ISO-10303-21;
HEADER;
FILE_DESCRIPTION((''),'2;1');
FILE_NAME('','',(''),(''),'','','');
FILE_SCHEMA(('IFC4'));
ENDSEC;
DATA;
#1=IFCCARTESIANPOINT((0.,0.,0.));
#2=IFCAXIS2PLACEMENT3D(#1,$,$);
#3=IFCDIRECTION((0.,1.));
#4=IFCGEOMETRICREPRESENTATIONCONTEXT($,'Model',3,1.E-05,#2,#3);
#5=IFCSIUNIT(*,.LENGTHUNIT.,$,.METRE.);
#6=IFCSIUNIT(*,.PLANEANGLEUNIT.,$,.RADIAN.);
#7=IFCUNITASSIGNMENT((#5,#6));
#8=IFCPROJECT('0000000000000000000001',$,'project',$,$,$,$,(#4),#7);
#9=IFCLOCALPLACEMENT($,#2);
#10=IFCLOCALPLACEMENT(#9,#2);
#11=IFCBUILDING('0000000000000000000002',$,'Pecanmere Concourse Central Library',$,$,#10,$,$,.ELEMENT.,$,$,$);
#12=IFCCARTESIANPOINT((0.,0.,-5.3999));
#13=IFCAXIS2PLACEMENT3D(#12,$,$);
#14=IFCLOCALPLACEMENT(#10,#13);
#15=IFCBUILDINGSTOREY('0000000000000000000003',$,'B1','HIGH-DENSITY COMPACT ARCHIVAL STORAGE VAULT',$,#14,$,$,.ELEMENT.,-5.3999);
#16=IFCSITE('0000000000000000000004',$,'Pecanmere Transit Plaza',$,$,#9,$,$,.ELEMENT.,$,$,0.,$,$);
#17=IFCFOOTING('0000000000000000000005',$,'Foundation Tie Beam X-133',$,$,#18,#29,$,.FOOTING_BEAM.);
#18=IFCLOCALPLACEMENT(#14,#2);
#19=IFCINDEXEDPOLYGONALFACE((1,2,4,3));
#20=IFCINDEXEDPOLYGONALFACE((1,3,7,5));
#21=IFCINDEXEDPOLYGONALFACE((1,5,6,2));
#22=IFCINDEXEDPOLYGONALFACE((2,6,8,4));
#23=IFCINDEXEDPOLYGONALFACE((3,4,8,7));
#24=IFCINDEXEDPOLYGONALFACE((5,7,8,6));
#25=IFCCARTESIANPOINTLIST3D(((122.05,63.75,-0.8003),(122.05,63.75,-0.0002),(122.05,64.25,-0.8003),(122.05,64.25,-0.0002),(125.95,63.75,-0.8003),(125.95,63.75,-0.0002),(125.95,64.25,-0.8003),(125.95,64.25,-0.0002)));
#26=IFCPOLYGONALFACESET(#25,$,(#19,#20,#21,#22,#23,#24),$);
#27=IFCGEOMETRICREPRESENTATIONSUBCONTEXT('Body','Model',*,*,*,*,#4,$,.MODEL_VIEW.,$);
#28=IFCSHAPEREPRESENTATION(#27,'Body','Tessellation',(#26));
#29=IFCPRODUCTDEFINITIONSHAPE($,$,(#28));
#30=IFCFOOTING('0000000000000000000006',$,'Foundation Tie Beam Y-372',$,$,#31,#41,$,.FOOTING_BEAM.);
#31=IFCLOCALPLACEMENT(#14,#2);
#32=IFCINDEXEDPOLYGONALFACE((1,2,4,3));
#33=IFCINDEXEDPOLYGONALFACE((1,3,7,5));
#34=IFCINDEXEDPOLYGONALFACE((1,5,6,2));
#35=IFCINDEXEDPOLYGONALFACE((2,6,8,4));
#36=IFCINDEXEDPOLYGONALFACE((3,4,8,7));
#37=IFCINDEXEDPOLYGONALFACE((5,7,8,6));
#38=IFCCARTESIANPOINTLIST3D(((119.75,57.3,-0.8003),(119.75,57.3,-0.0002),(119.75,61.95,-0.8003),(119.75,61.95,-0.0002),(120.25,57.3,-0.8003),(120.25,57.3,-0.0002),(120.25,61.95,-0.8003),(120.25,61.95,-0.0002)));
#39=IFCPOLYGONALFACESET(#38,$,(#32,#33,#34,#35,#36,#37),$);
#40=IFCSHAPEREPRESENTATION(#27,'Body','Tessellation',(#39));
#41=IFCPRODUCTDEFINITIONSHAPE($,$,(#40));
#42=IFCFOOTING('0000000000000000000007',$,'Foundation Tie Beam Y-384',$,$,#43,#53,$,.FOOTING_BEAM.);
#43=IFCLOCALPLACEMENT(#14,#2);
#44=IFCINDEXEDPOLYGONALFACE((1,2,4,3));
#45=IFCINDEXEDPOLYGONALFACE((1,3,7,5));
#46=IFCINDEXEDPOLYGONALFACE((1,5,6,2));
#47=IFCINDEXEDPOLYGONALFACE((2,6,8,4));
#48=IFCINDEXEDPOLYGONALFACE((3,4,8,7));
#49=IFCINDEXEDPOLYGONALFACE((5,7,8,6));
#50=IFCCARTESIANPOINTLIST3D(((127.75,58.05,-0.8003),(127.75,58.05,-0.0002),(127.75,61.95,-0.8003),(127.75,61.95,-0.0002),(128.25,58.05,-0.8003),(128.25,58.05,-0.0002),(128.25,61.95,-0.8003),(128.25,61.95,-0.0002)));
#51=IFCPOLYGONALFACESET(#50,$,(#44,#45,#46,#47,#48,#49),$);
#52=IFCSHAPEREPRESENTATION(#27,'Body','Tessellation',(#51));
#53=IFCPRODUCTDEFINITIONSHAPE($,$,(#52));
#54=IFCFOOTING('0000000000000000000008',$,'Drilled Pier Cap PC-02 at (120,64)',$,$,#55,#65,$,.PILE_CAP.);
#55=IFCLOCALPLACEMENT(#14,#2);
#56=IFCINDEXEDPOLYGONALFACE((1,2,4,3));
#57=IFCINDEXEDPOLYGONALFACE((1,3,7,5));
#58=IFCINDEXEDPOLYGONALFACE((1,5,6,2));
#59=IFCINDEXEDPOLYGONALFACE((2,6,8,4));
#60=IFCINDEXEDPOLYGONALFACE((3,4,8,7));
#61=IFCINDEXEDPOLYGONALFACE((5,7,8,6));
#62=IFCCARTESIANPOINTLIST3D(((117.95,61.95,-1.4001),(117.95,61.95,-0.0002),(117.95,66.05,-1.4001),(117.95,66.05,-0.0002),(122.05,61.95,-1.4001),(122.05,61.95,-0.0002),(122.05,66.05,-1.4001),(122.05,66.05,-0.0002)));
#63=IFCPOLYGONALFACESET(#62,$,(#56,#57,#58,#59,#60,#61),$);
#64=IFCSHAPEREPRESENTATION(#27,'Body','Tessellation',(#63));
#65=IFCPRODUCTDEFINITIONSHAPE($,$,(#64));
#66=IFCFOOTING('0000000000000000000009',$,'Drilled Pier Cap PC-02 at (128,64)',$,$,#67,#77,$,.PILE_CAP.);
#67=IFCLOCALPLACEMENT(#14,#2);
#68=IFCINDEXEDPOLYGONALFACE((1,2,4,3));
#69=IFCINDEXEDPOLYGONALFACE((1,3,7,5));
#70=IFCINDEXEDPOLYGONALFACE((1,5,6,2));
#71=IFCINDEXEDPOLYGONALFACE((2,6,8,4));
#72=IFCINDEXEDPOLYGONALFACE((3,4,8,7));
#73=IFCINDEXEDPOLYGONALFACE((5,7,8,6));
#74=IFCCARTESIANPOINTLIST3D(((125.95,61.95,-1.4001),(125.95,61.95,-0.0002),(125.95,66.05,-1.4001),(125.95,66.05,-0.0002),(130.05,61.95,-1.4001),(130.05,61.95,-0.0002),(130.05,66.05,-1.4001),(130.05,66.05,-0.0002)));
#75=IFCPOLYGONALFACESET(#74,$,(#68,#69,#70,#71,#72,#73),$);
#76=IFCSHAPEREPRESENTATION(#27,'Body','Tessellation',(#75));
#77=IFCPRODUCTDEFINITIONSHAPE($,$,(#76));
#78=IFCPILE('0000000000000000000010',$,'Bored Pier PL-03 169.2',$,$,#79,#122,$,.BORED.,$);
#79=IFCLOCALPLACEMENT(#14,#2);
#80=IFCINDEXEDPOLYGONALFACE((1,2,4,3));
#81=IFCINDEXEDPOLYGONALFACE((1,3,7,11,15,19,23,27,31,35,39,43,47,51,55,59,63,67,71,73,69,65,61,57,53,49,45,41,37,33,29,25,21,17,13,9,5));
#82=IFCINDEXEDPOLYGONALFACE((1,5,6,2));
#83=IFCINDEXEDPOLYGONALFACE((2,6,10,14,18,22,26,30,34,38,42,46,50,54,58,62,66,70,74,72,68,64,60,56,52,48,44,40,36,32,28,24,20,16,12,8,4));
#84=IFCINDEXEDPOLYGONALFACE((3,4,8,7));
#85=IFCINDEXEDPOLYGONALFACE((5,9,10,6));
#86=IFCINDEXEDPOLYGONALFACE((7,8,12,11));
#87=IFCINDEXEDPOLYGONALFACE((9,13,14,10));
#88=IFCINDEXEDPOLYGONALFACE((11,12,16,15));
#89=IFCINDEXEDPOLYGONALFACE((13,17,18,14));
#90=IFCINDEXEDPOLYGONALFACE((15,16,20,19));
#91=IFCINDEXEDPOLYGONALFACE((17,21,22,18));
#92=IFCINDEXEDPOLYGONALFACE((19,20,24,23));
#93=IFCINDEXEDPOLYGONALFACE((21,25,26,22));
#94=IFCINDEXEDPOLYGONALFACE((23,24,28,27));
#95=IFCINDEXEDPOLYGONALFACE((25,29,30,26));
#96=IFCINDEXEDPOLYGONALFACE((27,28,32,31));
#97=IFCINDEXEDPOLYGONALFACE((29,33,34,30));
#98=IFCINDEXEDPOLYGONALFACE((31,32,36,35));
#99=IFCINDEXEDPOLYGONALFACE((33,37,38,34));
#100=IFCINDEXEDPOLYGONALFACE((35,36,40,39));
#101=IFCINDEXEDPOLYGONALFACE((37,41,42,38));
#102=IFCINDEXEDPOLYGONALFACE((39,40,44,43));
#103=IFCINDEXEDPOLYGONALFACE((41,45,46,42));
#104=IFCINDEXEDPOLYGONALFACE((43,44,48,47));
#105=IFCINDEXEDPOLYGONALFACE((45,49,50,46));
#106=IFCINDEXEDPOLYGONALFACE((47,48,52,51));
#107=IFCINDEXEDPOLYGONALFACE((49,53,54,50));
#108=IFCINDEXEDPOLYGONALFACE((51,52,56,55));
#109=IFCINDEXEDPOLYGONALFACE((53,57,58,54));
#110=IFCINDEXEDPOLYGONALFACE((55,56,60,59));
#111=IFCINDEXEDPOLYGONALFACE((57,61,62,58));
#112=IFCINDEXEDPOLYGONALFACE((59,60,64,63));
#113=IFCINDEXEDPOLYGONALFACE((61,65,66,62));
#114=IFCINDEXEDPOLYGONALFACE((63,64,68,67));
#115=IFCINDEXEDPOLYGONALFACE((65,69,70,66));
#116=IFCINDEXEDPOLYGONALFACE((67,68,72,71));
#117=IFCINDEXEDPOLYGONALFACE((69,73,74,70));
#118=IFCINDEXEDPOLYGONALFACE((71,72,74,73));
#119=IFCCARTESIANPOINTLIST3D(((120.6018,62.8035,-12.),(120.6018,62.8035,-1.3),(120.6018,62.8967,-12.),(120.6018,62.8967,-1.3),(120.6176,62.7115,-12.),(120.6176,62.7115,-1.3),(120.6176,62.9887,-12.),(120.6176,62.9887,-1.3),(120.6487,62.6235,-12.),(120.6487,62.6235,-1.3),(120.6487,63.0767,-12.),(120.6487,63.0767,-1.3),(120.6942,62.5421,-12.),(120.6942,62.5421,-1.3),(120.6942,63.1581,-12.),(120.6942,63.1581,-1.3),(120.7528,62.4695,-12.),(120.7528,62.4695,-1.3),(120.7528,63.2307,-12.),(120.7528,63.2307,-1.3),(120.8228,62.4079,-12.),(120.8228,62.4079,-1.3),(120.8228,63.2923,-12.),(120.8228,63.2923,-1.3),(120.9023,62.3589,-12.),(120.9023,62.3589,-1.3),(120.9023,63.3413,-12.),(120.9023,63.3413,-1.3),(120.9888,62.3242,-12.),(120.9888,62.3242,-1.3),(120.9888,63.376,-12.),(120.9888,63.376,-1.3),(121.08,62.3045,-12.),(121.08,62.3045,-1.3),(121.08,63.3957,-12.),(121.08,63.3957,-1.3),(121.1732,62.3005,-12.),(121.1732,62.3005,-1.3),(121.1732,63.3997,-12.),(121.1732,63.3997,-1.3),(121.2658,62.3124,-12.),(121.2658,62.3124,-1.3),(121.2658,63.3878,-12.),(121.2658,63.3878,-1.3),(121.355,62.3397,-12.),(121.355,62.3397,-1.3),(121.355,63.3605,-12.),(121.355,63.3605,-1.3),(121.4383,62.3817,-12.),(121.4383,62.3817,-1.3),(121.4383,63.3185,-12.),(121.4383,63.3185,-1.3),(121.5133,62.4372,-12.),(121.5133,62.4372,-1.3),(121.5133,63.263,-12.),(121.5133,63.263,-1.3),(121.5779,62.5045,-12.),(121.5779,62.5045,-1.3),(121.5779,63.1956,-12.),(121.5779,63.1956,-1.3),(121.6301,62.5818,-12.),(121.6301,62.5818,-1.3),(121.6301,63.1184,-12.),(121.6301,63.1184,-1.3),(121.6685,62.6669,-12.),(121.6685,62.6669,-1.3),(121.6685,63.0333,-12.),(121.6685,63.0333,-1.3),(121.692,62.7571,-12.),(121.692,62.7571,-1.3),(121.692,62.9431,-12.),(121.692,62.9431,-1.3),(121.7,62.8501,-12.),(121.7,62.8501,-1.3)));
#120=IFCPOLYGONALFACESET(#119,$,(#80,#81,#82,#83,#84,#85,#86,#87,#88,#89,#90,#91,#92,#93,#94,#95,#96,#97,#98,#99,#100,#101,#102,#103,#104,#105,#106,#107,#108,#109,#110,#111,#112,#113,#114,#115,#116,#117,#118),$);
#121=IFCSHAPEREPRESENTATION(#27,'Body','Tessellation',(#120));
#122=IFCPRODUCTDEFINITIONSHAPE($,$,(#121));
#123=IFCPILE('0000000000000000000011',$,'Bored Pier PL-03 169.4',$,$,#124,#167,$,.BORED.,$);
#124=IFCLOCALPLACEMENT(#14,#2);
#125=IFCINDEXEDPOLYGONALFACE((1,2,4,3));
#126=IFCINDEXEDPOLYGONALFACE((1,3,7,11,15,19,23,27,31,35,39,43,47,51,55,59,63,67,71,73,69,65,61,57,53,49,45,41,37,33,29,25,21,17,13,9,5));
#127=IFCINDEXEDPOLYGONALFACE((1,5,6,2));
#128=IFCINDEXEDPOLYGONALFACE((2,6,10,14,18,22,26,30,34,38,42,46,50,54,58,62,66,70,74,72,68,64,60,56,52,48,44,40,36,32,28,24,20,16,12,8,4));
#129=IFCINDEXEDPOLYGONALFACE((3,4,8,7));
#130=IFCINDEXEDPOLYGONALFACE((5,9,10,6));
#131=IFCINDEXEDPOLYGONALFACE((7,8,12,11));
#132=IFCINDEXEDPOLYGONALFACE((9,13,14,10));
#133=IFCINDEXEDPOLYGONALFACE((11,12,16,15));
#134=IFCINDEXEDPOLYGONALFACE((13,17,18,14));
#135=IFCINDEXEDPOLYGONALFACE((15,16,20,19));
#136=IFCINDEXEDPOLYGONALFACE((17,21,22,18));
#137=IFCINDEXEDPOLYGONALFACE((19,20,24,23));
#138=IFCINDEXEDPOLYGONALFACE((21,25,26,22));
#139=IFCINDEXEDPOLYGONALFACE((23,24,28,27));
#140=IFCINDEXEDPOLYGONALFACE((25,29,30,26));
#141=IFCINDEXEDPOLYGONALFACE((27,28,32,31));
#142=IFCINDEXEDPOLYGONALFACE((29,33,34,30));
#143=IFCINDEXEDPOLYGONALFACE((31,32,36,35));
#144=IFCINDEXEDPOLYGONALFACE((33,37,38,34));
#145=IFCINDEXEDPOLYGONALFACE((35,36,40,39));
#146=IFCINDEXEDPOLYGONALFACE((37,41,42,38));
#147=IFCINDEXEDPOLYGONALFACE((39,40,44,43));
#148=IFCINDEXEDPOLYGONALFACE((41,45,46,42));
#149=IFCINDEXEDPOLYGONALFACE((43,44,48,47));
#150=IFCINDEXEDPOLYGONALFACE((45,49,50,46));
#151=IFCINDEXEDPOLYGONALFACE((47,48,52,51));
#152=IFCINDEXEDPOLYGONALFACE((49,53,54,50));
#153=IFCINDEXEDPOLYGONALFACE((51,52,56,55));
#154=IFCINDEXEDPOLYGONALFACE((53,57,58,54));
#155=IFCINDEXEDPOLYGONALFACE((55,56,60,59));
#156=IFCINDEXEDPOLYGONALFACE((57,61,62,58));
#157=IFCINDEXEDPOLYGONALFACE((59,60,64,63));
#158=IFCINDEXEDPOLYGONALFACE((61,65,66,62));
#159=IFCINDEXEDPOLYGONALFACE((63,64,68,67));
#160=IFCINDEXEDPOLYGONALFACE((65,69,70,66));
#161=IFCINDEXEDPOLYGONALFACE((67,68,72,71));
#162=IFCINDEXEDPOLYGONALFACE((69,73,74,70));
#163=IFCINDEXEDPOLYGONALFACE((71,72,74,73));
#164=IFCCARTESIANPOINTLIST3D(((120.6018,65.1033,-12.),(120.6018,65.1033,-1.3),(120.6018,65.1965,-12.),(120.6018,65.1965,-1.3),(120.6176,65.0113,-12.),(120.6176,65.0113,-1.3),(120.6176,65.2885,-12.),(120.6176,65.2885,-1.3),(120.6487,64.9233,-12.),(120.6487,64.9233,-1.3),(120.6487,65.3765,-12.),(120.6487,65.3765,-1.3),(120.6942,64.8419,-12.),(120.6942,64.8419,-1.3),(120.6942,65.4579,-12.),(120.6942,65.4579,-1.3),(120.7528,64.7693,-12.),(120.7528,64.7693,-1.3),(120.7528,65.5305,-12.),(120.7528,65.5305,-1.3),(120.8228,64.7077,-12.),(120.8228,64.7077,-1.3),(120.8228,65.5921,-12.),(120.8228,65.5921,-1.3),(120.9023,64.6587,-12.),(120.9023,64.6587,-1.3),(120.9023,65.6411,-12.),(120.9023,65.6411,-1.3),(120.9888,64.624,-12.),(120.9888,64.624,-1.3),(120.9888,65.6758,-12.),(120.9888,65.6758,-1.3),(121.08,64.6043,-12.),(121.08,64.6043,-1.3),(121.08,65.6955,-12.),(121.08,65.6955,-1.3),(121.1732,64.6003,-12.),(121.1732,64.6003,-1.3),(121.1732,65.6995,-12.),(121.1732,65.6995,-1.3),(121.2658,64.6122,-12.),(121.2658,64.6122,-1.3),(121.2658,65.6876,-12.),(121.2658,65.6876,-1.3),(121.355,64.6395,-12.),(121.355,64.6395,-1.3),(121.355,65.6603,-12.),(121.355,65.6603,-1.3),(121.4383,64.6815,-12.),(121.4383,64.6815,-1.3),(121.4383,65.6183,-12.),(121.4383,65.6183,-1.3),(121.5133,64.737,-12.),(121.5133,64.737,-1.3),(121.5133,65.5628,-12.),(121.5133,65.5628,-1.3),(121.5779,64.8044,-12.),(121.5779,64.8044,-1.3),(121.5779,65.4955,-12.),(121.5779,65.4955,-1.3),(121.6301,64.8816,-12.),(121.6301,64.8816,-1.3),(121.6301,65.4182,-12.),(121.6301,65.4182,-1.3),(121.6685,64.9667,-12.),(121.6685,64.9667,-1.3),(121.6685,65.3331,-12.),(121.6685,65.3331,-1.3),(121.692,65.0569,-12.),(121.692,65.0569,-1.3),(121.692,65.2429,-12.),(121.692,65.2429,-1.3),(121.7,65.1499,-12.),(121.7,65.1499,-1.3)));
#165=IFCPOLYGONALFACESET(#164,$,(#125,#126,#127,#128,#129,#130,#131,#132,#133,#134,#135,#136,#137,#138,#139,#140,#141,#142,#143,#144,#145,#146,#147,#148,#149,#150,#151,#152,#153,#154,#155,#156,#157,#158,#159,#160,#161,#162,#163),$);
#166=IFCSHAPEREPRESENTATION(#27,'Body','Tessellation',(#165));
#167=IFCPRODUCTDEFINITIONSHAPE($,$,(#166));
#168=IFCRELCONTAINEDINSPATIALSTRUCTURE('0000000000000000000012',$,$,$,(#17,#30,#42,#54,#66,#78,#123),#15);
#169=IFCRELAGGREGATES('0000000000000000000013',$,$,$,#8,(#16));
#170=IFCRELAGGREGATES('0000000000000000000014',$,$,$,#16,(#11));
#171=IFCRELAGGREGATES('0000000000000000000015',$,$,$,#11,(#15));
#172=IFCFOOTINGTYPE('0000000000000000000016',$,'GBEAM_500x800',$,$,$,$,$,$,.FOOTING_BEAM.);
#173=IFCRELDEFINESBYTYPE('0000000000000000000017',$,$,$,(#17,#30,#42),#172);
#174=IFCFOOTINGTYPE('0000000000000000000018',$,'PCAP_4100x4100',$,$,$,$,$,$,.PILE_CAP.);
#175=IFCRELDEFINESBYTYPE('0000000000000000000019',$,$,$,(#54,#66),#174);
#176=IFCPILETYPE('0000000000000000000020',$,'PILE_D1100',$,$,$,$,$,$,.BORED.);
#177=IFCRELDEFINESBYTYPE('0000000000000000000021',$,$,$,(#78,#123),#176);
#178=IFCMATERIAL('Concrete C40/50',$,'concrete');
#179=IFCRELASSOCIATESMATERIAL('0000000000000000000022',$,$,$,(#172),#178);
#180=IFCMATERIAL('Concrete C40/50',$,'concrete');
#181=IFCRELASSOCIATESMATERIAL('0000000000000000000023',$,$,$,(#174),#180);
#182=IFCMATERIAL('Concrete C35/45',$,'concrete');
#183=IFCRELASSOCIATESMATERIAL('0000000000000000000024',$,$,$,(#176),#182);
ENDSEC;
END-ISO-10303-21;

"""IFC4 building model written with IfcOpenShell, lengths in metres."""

from ifc_helpers import new_model, si_unit, direction, frame, origin, origin_2d, place, context, subcontext, project, spatial, rectangle, circle, extrude, material, material_profile, profile_set, type_object, element, save


model = new_model("IFC4")

# Units and contexts
model_context = context("Model", 3, precision=1e-05, world=origin(), true_north=direction((0.0, 1.0)))
body_context = subcontext(model_context, "Body", "Model", "MODEL_VIEW")
ifc_project = project(units=[si_unit("LENGTHUNIT", "METRE"), si_unit("PLANEANGLEUNIT", "RADIAN")], contexts=[model_context])

# Site, building, storey
site_placement = place(None, origin())
site = spatial("IfcSite", under=ifc_project, at=site_placement, Name="Pecanmere Transit Plaza", CompositionType="ELEMENT", RefElevation=0.0)
building_placement = place(site_placement, origin())
building = spatial("IfcBuilding", under=site, at=building_placement, Name="Pecanmere Concourse Central Library", CompositionType="ELEMENT")
storey_placement = place(building_placement, frame((0.0, 0.0, -5.3999)))
storey = spatial("IfcBuildingStorey", under=building, at=storey_placement, Name="B1", Description="HIGH-DENSITY COMPACT ARCHIVAL STORAGE VAULT", CompositionType="ELEMENT", Elevation=-5.3999)

# Footings
ifc_material_1 = material(Name="Concrete C40/50", Category="concrete")
ifc_material_profile_1 = material_profile(ifc_material_1, rectangle(XDim=0.5, YDim=0.8, at=origin_2d()), Name="RC 500x800")
ifc_profile_set_1 = profile_set([ifc_material_profile_1], Name="Concrete C40/50")
footing_type_1 = type_object("IfcFootingType", Name="GBEAM_500x800", PredefinedType="FOOTING_BEAM", material=ifc_profile_set_1)
footing_1_placement = place(storey_placement, frame((124.0, 64.0, -0.8003), z_axis=(0.0, 0.0, 1.0), x_axis=(1.0, 0.0, 0.0)))
element("IfcFooting", 1, at=footing_1_placement, inside=storey, type_object=footing_type_1, Name="Foundation Tie Beam X-133", PredefinedType="FOOTING_BEAM", context=body_context, shape_type="SweptSolid", body=[
    extrude(rectangle(XDim=3.8999, YDim=0.5, at=origin_2d()), origin(), (0.0, 0.0, 1.0), 0.8),
])
footing_2_placement = place(storey_placement, frame((120.0, 59.625, -0.8003), z_axis=(0.0, 0.0, 1.0), x_axis=(0.0, 1.0, 0.0)))
element("IfcFooting", 2, at=footing_2_placement, inside=storey, type_object=footing_type_1, Name="Foundation Tie Beam Y-372", PredefinedType="FOOTING_BEAM", context=body_context, shape_type="SweptSolid", body=[
    extrude(rectangle(XDim=4.6499, YDim=0.5, at=origin_2d()), origin(), (0.0, 0.0, 1.0), 0.8),
])
footing_3_placement = place(storey_placement, frame((128.0, 60.0, -0.8003), z_axis=(0.0, 0.0, 1.0), x_axis=(0.0, 1.0, 0.0)))
element("IfcFooting", 3, at=footing_3_placement, inside=storey, type_object=footing_type_1, Name="Foundation Tie Beam Y-384", PredefinedType="FOOTING_BEAM", context=body_context, shape_type="SweptSolid", body=[
    extrude(rectangle(XDim=3.8999, YDim=0.5, at=origin_2d()), origin(), (0.0, 0.0, 1.0), 0.8),
])
ifc_material_2 = material(Name="Concrete C40/50", Category="concrete")
footing_type_2 = type_object("IfcFootingType", Name="PCAP_4100x4100", PredefinedType="PILE_CAP", material=ifc_material_2)
for number, where, z_axis, x_axis, name in (
    (4, (120.0, 64.0, -1.4001), (0.0, 0.0, 1.0), (1.0, 0.0, 0.0), "Drilled Pier Cap PC-02 at (120,64)"),
    (5, (128.0, 64.0, -1.4001), (0.0, 0.0, 1.0), (1.0, 0.0, 0.0), "Drilled Pier Cap PC-02 at (128,64)"),
):
    element("IfcFooting", number, at=place(storey_placement, frame(where, z_axis=z_axis, x_axis=x_axis)), inside=storey, type_object=footing_type_2, Name=name, PredefinedType="PILE_CAP", context=body_context, shape_type="SweptSolid", body=[
        extrude(rectangle(XDim=4.1001, YDim=4.1001, at=origin_2d()), origin(), (0.0, 0.0, 1.0), 1.3999),
    ])

# Piles
ifc_material_3 = material(Name="Concrete C35/45", Category="concrete")
ifc_material_profile_2 = material_profile(ifc_material_3, circle(Radius=0.55, at=origin_2d()), Name="PIER D1100")
ifc_profile_set_2 = profile_set([ifc_material_profile_2], Name="Concrete C35/45")
pile_type = type_object("IfcPileType", Name="PILE_D1100", PredefinedType="BORED", material=ifc_profile_set_2)
for number, where, z_axis, x_axis, name in (
    (6, (121.1499, 62.8501, -1.3), (0.0, 0.0, -1.0), (1.0, 0.0, 0.0), "Bored Pier PL-03 169.2"),
    (7, (121.1499, 65.1499, -1.3), (0.0, 0.0, -1.0), (1.0, 0.0, 0.0), "Bored Pier PL-03 169.4"),
):
    element("IfcPile", number, at=place(storey_placement, frame(where, z_axis=z_axis, x_axis=x_axis)), inside=storey, type_object=pile_type, Name=name, PredefinedType="BORED", context=body_context, shape_type="SweptSolid", body=[
        extrude(circle(Radius=0.55, at=origin_2d()), origin(), (0.0, 0.0, 1.0), 10.7),
    ])

save(model, "model.ifc")
